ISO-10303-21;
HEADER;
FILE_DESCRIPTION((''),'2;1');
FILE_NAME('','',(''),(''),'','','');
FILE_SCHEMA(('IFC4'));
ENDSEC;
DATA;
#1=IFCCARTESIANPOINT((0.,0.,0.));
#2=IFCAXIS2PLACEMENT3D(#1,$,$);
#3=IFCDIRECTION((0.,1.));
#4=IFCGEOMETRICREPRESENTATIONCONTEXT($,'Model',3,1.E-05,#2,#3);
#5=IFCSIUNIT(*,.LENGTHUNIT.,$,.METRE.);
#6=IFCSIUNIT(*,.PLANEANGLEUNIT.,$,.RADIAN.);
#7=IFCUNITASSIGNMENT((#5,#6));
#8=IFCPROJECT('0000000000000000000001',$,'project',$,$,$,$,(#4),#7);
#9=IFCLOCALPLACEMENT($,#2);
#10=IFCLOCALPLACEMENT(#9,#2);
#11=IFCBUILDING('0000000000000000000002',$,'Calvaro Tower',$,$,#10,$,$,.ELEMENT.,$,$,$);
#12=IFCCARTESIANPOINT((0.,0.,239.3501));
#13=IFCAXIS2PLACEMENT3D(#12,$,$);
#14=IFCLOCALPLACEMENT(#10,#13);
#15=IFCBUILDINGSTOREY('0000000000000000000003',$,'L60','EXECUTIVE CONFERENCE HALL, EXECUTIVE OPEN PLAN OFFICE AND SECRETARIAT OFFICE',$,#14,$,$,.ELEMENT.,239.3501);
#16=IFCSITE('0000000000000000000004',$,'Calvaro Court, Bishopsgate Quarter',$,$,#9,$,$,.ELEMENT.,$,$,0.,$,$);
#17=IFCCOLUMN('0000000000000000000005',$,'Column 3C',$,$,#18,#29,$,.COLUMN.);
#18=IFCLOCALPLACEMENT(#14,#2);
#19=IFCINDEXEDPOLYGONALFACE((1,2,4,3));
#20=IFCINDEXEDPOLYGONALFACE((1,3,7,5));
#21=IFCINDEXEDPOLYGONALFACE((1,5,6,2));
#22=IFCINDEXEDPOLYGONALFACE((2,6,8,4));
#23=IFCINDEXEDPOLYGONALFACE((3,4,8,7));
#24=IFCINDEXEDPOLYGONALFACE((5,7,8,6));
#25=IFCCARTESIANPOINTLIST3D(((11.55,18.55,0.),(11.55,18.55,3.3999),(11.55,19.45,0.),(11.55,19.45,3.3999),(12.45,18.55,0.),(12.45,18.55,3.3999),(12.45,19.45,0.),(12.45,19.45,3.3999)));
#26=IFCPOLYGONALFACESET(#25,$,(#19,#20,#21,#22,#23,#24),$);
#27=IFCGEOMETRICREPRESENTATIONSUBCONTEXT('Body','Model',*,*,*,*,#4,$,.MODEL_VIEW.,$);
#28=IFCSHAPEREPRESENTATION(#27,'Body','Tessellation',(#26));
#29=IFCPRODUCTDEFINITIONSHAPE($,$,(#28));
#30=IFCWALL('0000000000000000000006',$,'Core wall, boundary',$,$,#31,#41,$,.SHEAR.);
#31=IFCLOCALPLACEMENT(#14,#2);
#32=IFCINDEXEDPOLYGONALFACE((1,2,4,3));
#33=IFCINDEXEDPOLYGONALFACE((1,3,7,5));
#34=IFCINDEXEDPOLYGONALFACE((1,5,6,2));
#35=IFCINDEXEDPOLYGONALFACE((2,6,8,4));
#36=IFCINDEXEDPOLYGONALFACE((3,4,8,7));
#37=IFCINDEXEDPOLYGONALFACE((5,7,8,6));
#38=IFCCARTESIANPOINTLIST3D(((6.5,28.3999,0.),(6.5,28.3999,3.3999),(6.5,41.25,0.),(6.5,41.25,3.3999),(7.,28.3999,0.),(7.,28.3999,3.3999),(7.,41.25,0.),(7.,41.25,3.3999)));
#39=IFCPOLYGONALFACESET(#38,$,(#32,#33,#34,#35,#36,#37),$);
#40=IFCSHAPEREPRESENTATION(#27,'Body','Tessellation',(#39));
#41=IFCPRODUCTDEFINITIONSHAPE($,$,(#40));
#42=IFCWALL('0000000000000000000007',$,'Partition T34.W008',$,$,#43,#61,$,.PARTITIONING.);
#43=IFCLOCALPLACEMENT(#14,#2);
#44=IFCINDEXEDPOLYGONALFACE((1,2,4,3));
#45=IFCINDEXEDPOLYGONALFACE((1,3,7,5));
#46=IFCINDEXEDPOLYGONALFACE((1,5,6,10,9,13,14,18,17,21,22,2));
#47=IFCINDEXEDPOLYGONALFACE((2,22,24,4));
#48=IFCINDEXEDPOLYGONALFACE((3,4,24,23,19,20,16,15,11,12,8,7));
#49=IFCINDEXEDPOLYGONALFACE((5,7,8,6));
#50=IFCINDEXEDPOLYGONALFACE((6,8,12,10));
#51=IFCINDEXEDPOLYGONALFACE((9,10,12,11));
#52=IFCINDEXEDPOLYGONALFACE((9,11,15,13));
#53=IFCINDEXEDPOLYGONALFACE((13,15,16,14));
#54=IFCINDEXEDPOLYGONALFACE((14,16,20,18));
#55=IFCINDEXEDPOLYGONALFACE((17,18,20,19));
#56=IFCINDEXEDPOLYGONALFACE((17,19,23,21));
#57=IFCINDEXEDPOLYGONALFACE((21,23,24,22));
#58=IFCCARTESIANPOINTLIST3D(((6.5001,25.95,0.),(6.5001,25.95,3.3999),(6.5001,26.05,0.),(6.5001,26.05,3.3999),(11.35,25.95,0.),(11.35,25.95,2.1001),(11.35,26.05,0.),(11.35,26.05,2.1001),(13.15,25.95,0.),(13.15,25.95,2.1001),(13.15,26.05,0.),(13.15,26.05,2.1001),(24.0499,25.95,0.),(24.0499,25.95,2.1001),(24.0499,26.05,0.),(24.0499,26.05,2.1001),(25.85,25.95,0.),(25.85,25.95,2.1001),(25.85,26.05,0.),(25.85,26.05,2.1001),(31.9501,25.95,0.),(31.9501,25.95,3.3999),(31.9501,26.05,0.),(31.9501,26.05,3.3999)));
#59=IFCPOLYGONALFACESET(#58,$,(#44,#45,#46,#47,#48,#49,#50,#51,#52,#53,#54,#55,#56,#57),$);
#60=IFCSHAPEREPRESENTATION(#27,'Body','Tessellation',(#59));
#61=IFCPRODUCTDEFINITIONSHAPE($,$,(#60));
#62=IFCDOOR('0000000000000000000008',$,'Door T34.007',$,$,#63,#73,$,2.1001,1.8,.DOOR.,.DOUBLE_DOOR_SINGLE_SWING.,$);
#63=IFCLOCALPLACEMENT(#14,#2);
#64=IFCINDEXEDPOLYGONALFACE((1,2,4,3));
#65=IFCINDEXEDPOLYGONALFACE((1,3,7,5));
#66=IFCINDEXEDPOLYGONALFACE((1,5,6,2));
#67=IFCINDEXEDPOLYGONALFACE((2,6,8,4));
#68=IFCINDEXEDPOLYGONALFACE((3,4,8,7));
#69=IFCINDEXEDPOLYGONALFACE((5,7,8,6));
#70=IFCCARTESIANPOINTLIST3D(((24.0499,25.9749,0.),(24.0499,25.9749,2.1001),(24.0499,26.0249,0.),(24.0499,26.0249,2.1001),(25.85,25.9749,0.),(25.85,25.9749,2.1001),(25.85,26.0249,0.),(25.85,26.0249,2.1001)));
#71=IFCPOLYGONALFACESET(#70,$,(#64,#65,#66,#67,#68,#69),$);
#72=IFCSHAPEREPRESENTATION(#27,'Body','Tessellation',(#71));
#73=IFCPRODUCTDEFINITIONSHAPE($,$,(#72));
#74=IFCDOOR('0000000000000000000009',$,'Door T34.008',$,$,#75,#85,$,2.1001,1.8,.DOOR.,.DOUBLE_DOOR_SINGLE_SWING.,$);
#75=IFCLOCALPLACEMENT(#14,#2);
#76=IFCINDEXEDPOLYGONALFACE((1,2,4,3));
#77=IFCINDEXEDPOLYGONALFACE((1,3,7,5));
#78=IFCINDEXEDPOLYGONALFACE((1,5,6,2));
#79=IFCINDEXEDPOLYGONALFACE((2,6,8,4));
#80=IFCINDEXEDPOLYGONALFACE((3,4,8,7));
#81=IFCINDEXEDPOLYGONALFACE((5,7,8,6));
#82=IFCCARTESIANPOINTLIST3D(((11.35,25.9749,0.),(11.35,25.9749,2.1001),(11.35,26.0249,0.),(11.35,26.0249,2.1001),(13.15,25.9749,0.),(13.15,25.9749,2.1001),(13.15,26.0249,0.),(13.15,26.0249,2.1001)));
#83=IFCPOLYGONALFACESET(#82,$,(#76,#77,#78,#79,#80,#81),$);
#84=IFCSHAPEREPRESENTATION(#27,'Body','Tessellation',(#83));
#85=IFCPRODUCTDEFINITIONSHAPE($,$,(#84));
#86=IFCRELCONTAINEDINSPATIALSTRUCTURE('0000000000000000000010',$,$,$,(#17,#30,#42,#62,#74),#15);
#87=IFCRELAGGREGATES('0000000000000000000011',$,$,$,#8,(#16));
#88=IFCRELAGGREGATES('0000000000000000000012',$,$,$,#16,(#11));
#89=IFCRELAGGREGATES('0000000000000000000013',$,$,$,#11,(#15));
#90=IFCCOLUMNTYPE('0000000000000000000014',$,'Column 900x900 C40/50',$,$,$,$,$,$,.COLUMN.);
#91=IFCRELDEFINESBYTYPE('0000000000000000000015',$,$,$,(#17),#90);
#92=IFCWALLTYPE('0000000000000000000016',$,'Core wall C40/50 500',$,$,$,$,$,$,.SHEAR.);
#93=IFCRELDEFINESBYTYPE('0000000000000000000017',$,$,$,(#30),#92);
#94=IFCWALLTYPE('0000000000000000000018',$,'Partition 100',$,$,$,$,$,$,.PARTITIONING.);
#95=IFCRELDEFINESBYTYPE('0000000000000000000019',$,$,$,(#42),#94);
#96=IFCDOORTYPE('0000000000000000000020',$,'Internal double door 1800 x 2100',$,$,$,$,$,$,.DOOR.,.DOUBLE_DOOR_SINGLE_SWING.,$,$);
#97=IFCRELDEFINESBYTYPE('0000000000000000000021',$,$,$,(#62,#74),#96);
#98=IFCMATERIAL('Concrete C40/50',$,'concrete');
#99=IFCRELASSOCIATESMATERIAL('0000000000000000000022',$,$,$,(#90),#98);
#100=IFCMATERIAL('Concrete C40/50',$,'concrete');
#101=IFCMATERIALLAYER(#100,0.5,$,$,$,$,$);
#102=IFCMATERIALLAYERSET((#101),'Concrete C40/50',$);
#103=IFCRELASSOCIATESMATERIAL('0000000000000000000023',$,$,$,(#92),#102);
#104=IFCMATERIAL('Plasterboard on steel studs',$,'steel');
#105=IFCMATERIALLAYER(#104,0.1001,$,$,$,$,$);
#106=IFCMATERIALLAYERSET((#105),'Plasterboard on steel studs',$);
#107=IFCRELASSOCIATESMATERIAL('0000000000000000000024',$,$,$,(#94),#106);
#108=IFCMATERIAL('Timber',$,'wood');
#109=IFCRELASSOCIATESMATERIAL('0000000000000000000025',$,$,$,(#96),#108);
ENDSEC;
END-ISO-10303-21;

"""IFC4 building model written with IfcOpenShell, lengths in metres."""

from ifc_helpers import new_model, si_unit, direction, frame, frame_2d, origin, origin_2d, place, context, subcontext, project, spatial, rectangle, extrude, material, layer, layer_set, material_profile, profile_set, type_object, element, fill, save


model = new_model("IFC4")

# Units and contexts
model_context = context("Model", 3, precision=1e-05, world=origin(), true_north=direction((0.0, 1.0)))
body_context = subcontext(model_context, "Body", "Model", "MODEL_VIEW")
ifc_project = project(units=[si_unit("LENGTHUNIT", "METRE"), si_unit("PLANEANGLEUNIT", "RADIAN")], contexts=[model_context])

# Site, building, storey
site_placement = place(None, origin())
site = spatial("IfcSite", under=ifc_project, at=site_placement, Name="Calvaro Court, Bishopsgate Quarter", CompositionType="ELEMENT", RefElevation=0.0)
building_placement = place(site_placement, origin())
building = spatial("IfcBuilding", under=site, at=building_placement, Name="Calvaro Tower", CompositionType="ELEMENT")
storey_placement = place(building_placement, frame((0.0, 0.0, 239.3501)))
storey = spatial("IfcBuildingStorey", under=building, at=storey_placement, Name="L60", Description="EXECUTIVE CONFERENCE HALL, EXECUTIVE OPEN PLAN OFFICE AND SECRETARIAT OFFICE", CompositionType="ELEMENT", Elevation=239.3501)

# Column
ifc_material_1 = material(Name="Concrete C40/50", Category="concrete")
ifc_material_profile = material_profile(ifc_material_1, rectangle(XDim=0.8999, YDim=0.8999, at=origin_2d()), Name="RC 900x900")
ifc_profile_set = profile_set([ifc_material_profile], Name="Concrete C40/50")
column_type = type_object("IfcColumnType", Name="Column 900x900 C40/50", PredefinedType="COLUMN", material=ifc_profile_set)
column_placement = place(storey_placement, frame((12.0, 19.0, 0.0), z_axis=(0.0, 0.0, 1.0), x_axis=(1.0, 0.0, 0.0)))
element("IfcColumn", 1, at=column_placement, inside=storey, type_object=column_type, Name="Column 3C", PredefinedType="COLUMN", context=body_context, shape_type="SweptSolid", body=[
    extrude(rectangle(XDim=0.8999, YDim=0.8999, at=origin_2d()), origin(), (0.0, 0.0, 1.0), 3.3999),
])

# Wall
ifc_material_2 = material(Name="Concrete C40/50", Category="concrete")
ifc_layer_1 = layer(ifc_material_2, 0.5)
ifc_layer_set_1 = layer_set([ifc_layer_1], Name="Concrete C40/50")
wall_type_1 = type_object("IfcWallType", Name="Core wall C40/50 500", PredefinedType="SHEAR", material=ifc_layer_set_1)
wall_1_placement = place(storey_placement, frame((6.75, 28.3999, 0.0), z_axis=(0.0, 0.0, 1.0), x_axis=(0.0, 1.0, 0.0)))
element("IfcWall", 2, at=wall_1_placement, inside=storey, type_object=wall_type_1, Name="Core wall, boundary", PredefinedType="SHEAR", context=body_context, shape_type="SweptSolid", body=[
    extrude(rectangle(XDim=12.8501, YDim=0.5, at=frame_2d((6.425, 0.0))), origin(), (0.0, 0.0, 1.0), 3.3999),
])

# Wall, openings, doors
ifc_material_3 = material(Name="Plasterboard on steel studs", Category="steel")
ifc_layer_2 = layer(ifc_material_3, 0.1001)
ifc_layer_set_2 = layer_set([ifc_layer_2], Name="Plasterboard on steel studs")
wall_type_2 = type_object("IfcWallType", Name="Partition 100", PredefinedType="PARTITIONING", material=ifc_layer_set_2)
wall_2_placement = place(storey_placement, frame((6.5, 26.0, 0.0), z_axis=(0.0, 0.0, 1.0), x_axis=(1.0, 0.0, 0.0)))
wall_2 = element("IfcWall", 3, at=wall_2_placement, inside=storey, type_object=wall_type_2, Name="Partition T34.W008", PredefinedType="PARTITIONING", context=body_context, shape_type="SweptSolid", body=[
    extrude(rectangle(XDim=25.45, YDim=0.1001, at=frame_2d((12.7251, 0.0))), origin(), (0.0, 0.0, 1.0), 3.3999),
])
opening_1_placement = place(wall_2_placement, frame((17.55, 0.0, 0.0)))
opening_1 = element("IfcOpeningElement", 4, at=opening_1_placement, cuts=wall_2, PredefinedType="OPENING", context=body_context, shape_type="SweptSolid", body=[
    extrude(rectangle(XDim=1.8, YDim=2.1001, at=frame_2d((0.8999, 1.05))), frame((0.0, 0.0601, 0.0), z_axis=(0.0, -1.0, 0.0), x_axis=(1.0, 0.0, 0.0)), (0.0, 0.0, 1.0), 0.1201),
])
opening_2_placement = place(wall_2_placement, frame((4.8501, 0.0, 0.0)))
opening_2 = element("IfcOpeningElement", 5, at=opening_2_placement, cuts=wall_2, PredefinedType="OPENING", context=body_context, shape_type="SweptSolid", body=[
    extrude(rectangle(XDim=1.8, YDim=2.1001, at=frame_2d((0.8999, 1.05))), frame((0.0, 0.0601, 0.0), z_axis=(0.0, -1.0, 0.0), x_axis=(1.0, 0.0, 0.0)), (0.0, 0.0, 1.0), 0.1201),
])
ifc_material_4 = material(Name="Timber", Category="wood")
door_type_1 = type_object("IfcDoorType", Name="Internal double door 1800 x 2100", OperationType="DOUBLE_DOOR_SINGLE_SWING", PredefinedType="DOOR", material=ifc_material_4)
door_1_placement = place(opening_1_placement, origin())
door_1 = element("IfcDoor", 6, at=door_1_placement, inside=storey, type_object=door_type_1, Name="Door T34.007", OperationType="DOUBLE_DOOR_SINGLE_SWING", OverallHeight=2.1001, OverallWidth=1.8, PredefinedType="DOOR", context=body_context, shape_type="SweptSolid", body=[
    extrude(rectangle(XDim=1.8, YDim=2.1001, at=frame_2d((0.8999, 1.05))), frame((0.0, 0.0249, 0.0), z_axis=(0.0, -1.0, 0.0), x_axis=(1.0, 0.0, 0.0)), (0.0, 0.0, 1.0), 0.05),
])
fill(opening_1, door_1)
door_2_placement = place(opening_2_placement, origin())
door_2 = element("IfcDoor", 7, at=door_2_placement, inside=storey, type_object=door_type_1, Name="Door T34.008", OperationType="DOUBLE_DOOR_SINGLE_SWING", OverallHeight=2.1001, OverallWidth=1.8, PredefinedType="DOOR", context=body_context, shape_type="SweptSolid", body=[
    extrude(rectangle(XDim=1.8, YDim=2.1001, at=frame_2d((0.8999, 1.05))), frame((0.0, 0.0249, 0.0), z_axis=(0.0, -1.0, 0.0), x_axis=(1.0, 0.0, 0.0)), (0.0, 0.0, 1.0), 0.05),
])
fill(opening_2, door_2)

save(model, "model.ifc")
